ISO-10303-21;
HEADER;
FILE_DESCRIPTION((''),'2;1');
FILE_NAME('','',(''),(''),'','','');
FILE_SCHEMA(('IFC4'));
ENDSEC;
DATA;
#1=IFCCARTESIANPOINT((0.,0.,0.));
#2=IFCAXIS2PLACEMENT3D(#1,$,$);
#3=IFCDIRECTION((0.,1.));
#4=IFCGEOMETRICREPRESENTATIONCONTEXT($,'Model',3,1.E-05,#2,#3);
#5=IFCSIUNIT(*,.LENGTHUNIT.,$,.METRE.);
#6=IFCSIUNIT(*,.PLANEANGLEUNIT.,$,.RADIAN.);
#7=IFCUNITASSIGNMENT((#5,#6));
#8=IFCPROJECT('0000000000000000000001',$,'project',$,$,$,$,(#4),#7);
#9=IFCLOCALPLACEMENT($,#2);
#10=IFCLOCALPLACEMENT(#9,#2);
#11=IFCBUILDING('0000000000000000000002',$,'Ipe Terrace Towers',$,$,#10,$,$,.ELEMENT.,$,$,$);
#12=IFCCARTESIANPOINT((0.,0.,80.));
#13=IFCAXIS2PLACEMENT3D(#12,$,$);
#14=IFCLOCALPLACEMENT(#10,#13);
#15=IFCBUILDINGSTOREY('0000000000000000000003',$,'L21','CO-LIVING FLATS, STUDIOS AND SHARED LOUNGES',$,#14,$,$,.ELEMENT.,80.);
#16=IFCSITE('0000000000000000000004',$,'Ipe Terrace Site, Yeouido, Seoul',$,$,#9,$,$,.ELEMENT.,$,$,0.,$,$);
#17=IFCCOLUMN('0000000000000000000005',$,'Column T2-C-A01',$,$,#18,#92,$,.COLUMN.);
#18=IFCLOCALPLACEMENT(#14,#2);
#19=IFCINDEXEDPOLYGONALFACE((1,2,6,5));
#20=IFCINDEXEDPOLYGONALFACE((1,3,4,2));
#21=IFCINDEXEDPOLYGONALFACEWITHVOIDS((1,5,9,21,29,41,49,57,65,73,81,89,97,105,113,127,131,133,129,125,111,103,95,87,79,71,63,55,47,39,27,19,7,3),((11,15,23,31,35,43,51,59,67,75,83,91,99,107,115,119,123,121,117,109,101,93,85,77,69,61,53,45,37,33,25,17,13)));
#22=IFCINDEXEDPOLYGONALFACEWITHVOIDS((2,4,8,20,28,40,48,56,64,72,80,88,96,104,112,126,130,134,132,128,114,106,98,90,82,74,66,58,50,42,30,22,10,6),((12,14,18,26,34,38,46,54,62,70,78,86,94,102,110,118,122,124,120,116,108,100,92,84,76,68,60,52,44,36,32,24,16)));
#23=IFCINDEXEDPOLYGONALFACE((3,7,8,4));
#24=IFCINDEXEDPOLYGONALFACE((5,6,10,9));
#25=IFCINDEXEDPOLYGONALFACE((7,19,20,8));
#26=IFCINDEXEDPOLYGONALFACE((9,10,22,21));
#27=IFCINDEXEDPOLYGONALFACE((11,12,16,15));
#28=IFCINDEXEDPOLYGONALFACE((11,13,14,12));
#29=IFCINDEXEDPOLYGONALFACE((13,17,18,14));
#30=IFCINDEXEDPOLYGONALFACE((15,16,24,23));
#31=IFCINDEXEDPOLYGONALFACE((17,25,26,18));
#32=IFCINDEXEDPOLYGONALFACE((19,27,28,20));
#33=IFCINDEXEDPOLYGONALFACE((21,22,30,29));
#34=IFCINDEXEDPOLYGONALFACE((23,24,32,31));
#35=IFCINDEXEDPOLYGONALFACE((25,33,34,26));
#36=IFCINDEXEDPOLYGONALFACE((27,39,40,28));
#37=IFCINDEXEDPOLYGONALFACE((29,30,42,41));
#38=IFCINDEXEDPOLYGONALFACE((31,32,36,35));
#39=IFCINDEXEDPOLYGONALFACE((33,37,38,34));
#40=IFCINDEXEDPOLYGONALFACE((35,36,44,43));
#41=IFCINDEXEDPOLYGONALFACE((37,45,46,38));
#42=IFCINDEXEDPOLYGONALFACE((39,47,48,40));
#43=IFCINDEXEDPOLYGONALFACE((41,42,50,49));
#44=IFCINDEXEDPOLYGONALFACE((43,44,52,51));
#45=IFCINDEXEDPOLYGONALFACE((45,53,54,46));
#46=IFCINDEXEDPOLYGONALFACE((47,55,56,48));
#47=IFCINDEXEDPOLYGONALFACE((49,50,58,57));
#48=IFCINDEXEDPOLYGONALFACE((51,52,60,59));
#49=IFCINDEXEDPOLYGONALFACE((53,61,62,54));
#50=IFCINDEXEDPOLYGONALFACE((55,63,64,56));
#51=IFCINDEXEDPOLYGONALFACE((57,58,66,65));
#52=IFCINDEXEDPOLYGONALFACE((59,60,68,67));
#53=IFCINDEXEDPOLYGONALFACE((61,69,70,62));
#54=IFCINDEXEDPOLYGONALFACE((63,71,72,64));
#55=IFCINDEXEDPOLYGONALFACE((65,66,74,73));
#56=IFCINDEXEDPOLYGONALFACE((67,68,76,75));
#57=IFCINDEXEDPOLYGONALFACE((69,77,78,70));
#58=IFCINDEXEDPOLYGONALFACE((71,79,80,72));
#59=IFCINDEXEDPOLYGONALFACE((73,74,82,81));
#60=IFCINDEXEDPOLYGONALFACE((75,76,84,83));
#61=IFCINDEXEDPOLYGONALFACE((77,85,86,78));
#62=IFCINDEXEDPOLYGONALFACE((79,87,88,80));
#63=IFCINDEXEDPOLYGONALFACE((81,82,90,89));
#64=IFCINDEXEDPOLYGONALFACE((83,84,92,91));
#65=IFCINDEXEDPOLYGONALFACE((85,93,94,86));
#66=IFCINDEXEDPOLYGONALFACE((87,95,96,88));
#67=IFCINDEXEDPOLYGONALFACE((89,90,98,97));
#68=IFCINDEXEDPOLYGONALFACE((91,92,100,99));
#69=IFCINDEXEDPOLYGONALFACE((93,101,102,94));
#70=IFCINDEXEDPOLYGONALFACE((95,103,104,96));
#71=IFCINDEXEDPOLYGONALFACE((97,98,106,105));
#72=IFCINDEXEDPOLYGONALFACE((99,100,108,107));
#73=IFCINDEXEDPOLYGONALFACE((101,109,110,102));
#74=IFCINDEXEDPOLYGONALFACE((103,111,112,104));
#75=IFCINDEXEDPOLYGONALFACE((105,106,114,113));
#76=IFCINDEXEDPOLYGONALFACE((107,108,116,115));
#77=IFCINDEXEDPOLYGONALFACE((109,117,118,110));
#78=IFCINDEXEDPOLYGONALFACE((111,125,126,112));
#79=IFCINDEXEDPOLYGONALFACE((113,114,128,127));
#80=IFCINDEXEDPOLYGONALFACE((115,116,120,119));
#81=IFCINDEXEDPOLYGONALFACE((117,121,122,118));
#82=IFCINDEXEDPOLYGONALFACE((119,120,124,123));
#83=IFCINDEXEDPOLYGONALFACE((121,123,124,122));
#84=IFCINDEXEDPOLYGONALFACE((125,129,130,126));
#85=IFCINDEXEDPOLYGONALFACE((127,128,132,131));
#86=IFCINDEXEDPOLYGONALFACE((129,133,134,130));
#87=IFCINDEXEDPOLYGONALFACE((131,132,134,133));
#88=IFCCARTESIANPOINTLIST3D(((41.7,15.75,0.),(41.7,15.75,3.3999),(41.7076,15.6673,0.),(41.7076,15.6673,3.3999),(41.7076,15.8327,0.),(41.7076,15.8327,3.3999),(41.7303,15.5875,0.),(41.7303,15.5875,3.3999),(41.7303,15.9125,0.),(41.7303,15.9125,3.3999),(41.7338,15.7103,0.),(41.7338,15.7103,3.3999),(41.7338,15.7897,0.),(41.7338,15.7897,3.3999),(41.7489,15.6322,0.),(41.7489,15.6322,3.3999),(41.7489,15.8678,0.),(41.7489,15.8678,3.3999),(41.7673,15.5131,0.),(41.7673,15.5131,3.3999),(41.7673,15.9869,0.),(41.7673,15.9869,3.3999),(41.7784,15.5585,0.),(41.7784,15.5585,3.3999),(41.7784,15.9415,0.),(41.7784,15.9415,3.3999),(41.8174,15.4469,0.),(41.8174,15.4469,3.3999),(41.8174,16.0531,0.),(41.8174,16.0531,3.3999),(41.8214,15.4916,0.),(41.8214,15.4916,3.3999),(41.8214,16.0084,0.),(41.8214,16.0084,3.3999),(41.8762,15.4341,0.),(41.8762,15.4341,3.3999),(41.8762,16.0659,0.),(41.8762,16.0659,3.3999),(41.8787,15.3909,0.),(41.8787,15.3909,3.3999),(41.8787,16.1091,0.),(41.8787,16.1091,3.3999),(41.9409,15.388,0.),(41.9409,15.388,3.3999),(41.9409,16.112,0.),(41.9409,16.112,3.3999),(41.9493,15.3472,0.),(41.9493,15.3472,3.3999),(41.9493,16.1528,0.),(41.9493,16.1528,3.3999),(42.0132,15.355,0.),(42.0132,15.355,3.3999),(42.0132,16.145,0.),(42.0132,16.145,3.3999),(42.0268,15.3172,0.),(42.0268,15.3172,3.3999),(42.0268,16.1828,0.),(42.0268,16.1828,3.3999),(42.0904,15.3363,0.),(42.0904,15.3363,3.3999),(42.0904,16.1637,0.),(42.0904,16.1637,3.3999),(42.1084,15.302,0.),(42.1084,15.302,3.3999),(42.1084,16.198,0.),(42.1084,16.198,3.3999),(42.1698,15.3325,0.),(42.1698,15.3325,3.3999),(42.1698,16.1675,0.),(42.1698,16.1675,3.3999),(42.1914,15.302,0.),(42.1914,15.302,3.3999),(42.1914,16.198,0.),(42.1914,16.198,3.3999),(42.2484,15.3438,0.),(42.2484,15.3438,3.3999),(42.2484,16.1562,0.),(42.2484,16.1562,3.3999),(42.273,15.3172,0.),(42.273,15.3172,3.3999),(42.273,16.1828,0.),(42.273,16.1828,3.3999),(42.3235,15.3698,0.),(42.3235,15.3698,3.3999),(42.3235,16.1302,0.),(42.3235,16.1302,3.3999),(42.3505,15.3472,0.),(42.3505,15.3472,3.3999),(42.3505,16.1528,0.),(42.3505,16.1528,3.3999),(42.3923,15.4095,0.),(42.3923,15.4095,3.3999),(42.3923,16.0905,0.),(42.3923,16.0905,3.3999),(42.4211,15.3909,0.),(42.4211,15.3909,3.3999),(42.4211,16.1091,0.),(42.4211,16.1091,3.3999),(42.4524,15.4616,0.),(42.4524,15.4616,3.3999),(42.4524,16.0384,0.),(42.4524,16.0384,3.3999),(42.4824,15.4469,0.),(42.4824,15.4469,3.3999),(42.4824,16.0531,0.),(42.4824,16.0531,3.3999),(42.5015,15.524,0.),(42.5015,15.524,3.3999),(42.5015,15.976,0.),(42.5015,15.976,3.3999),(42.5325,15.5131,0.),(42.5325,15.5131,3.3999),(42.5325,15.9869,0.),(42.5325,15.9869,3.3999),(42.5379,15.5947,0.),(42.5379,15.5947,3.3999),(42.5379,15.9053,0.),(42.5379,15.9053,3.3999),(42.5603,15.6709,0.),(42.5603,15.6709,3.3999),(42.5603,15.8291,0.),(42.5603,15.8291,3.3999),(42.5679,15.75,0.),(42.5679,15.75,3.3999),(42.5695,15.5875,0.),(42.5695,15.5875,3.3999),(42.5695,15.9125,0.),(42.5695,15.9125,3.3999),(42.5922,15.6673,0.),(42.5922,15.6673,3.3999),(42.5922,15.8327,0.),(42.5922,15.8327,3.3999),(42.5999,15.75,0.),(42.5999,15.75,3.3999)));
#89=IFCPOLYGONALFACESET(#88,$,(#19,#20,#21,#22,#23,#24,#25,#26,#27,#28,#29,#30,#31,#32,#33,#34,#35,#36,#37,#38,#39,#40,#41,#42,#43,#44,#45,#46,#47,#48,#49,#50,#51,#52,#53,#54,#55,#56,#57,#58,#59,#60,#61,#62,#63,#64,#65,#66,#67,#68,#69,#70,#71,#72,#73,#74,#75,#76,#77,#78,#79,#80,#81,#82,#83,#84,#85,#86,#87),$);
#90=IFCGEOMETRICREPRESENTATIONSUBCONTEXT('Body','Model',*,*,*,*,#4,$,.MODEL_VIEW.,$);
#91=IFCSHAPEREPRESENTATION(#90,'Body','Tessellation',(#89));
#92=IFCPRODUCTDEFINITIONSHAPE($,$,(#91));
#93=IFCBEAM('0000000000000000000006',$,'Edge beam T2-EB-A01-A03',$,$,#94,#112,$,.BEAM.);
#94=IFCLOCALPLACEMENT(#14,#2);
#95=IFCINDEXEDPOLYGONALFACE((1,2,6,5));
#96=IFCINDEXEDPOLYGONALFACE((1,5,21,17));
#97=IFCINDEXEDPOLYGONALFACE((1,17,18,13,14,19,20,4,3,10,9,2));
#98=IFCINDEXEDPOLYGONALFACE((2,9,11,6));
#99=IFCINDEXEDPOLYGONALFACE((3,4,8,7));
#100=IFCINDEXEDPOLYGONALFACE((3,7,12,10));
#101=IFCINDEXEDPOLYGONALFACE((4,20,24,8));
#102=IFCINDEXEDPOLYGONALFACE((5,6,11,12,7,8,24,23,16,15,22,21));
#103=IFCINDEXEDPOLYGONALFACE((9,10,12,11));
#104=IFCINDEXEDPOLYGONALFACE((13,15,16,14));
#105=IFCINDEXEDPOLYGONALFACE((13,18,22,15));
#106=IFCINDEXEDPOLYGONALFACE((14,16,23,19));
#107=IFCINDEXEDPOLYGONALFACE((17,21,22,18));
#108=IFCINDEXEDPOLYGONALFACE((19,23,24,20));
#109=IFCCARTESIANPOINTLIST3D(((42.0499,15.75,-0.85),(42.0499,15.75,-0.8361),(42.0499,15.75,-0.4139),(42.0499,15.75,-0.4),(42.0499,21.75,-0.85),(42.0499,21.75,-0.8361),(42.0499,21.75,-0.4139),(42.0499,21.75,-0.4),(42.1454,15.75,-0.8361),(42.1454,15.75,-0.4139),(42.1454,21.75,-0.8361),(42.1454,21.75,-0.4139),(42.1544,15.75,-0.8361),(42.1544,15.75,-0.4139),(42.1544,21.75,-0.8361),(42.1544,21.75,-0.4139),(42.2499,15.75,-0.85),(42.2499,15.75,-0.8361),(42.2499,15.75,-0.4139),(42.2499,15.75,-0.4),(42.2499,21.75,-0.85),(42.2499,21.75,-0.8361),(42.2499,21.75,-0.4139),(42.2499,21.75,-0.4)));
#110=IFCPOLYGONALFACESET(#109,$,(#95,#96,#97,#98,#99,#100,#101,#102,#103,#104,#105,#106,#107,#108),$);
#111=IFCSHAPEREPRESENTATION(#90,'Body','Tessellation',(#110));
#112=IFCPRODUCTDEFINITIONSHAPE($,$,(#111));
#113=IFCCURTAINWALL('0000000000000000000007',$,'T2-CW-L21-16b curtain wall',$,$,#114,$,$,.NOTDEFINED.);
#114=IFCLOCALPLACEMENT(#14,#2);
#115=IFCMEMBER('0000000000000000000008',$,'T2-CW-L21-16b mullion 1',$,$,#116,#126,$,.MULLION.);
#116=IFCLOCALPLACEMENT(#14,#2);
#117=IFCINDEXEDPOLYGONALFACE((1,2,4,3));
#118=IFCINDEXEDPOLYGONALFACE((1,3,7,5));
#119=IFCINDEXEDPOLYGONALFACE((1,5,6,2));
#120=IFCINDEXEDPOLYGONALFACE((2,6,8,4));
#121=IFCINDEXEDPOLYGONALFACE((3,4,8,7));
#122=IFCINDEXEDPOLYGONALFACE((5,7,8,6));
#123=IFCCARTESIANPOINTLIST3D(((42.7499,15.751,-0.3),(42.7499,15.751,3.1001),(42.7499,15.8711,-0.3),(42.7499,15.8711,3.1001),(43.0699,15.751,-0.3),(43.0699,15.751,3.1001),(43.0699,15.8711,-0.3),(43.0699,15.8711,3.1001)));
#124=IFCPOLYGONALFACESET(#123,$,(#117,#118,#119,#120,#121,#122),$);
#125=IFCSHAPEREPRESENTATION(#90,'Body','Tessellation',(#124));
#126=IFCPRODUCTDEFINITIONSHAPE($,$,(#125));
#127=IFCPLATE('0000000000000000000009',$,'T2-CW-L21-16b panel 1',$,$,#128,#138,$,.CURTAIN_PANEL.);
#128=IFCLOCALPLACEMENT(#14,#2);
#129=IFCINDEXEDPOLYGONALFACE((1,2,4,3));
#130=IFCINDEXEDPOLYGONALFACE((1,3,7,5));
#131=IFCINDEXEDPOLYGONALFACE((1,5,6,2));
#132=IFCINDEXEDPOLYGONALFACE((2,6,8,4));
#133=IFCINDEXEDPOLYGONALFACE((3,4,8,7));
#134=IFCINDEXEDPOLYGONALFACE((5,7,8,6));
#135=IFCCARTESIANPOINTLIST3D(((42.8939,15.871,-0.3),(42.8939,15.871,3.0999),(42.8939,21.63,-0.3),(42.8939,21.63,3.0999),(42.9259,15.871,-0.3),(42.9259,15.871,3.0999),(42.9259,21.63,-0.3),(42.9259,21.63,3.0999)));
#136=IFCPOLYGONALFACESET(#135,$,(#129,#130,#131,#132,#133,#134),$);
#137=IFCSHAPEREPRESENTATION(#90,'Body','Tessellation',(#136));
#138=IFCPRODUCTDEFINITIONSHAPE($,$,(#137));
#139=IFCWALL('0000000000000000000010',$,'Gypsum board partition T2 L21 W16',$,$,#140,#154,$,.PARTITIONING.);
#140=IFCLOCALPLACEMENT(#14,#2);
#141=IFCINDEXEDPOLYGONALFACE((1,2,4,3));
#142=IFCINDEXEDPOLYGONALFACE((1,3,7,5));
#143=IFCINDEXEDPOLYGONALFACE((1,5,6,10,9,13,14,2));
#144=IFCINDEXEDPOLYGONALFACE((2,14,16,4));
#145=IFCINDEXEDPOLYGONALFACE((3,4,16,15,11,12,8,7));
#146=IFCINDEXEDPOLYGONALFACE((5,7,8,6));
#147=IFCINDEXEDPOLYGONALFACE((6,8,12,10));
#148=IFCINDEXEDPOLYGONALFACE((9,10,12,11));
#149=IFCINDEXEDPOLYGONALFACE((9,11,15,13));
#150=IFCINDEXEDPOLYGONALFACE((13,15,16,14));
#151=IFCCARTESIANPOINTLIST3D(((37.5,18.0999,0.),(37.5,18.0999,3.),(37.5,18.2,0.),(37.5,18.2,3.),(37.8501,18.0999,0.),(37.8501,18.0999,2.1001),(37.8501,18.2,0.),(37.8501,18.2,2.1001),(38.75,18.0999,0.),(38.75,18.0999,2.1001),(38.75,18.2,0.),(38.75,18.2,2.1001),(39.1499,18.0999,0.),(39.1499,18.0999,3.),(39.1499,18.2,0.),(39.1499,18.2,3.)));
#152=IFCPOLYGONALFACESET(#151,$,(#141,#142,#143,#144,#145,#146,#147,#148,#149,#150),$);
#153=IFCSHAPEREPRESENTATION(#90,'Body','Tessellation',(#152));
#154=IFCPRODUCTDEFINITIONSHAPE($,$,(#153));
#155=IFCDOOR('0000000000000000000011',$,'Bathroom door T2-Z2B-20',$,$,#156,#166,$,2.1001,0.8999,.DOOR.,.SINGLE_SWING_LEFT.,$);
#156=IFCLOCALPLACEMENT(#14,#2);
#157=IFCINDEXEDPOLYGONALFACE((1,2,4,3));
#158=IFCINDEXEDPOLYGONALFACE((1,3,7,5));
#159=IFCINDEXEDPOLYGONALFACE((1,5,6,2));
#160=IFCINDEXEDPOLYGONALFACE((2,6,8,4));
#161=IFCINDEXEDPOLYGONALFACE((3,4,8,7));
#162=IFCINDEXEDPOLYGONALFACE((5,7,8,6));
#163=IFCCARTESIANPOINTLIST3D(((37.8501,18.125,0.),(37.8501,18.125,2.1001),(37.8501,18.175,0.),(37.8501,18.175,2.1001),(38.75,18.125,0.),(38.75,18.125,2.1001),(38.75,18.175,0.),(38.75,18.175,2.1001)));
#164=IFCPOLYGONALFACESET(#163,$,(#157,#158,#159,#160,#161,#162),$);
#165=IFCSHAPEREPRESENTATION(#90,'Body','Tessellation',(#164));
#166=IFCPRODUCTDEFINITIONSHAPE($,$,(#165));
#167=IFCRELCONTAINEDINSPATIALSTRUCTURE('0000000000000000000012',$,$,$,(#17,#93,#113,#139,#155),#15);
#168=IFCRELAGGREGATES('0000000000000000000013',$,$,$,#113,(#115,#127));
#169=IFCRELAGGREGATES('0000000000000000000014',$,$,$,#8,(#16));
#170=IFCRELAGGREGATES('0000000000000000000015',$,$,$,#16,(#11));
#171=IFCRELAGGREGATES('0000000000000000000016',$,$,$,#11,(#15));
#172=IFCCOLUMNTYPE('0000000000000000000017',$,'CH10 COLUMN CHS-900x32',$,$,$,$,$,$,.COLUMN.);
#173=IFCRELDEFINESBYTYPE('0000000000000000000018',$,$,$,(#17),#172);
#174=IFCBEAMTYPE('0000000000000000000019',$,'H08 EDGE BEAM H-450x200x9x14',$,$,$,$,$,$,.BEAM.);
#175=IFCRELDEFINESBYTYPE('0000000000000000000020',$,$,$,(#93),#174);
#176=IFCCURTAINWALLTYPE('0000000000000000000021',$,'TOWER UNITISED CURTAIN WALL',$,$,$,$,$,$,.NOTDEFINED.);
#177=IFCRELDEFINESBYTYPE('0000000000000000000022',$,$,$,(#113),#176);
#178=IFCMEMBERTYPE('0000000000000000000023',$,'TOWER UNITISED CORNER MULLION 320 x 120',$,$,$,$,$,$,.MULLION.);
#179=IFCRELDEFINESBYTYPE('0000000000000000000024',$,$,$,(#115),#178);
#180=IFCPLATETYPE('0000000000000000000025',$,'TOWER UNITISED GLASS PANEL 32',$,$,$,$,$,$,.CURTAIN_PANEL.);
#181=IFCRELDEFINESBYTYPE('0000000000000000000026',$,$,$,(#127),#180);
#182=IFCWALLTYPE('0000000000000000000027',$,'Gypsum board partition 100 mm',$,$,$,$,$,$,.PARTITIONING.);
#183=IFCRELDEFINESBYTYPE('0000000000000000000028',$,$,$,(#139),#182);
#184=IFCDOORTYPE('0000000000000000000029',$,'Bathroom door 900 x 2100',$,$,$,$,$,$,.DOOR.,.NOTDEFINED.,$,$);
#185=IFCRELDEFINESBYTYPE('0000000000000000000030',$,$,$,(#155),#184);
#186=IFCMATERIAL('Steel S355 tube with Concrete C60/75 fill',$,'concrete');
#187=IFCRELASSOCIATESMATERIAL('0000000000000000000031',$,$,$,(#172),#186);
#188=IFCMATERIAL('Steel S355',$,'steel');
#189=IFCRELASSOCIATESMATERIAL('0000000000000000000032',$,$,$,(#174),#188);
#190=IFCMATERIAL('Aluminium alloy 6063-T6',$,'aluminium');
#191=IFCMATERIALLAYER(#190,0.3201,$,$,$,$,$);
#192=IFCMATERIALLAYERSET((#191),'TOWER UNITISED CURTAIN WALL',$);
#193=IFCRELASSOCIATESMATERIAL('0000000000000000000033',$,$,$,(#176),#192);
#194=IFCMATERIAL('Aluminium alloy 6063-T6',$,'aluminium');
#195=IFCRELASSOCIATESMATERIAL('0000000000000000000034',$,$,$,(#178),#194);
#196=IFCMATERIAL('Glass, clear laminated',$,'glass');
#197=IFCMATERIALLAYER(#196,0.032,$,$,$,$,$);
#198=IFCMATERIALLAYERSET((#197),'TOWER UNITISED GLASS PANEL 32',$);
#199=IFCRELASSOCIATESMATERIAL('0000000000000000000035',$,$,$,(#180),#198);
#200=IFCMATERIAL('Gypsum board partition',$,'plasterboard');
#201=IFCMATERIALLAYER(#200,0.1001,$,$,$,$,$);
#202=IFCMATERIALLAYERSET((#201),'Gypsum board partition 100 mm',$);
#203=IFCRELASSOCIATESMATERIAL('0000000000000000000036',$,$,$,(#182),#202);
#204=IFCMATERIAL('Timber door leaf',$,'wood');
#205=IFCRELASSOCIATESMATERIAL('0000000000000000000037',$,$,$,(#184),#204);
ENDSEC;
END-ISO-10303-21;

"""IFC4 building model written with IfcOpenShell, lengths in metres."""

from ifc_helpers import new_model, si_unit, direction, frame, frame_2d, origin, origin_2d, place, context, subcontext, project, spatial, rectangle, hollow_circle, i_section, extrude, material, layer, layer_set, material_profile, profile_set, type_object, element, fill, aggregate, save


model = new_model("IFC4")

# Units and contexts
model_context = context("Model", 3, precision=1e-05, world=origin(), true_north=direction((0.0, 1.0)))
body_context = subcontext(model_context, "Body", "Model", "MODEL_VIEW")
ifc_project = project(units=[si_unit("LENGTHUNIT", "METRE"), si_unit("PLANEANGLEUNIT", "RADIAN")], contexts=[model_context])

# Site, building, storey
site_placement = place(None, origin())
site = spatial("IfcSite", under=ifc_project, at=site_placement, Name="Ipe Terrace Site, Yeouido, Seoul", CompositionType="ELEMENT", RefElevation=0.0)
building_placement = place(site_placement, origin())
building = spatial("IfcBuilding", under=site, at=building_placement, Name="Ipe Terrace Towers", CompositionType="ELEMENT")
storey_placement = place(building_placement, frame((0.0, 0.0, 80.0)))
storey = spatial("IfcBuildingStorey", under=building, at=storey_placement, Name="L21", Description="CO-LIVING FLATS, STUDIOS AND SHARED LOUNGES", CompositionType="ELEMENT", Elevation=80.0)

# Column
ifc_material_1 = material(Name="Steel S355 tube with Concrete C60/75 fill", Category="concrete")
ifc_material_profile_1 = material_profile(ifc_material_1, hollow_circle(Radius=0.45, WallThickness=0.032, at=origin_2d()), Name="CHS-900x32")
ifc_profile_set_1 = profile_set([ifc_material_profile_1], Name="Steel S355 tube with Concrete C60/75 fill")
column_type = type_object("IfcColumnType", Name="CH10 COLUMN CHS-900x32", PredefinedType="COLUMN", material=ifc_profile_set_1)
column_placement = place(storey_placement, frame((42.1499, 15.75, 0.0), z_axis=(0.0, 0.0, 1.0), x_axis=(1.0, 0.0, 0.0)))
element("IfcColumn", 1, at=column_placement, inside=storey, type_object=column_type, Name="Column T2-C-A01", PredefinedType="COLUMN", context=body_context, shape_type="SweptSolid", body=[
    extrude(hollow_circle(Radius=0.45, WallThickness=0.032, at=origin_2d()), origin(), (0.0, 0.0, 1.0), 3.3999),
])

# Beam
ifc_material_2 = material(Name="Steel S355", Category="steel")
ifc_material_profile_2 = material_profile(ifc_material_2, i_section(OverallWidth=0.2, OverallDepth=0.45, WebThickness=0.009, FlangeThickness=0.0139, at=origin_2d()), Name="H-450x200x9x14")
ifc_profile_set_2 = profile_set([ifc_material_profile_2], Name="Steel S355")
beam_type = type_object("IfcBeamType", Name="H08 EDGE BEAM H-450x200x9x14", PredefinedType="BEAM", material=ifc_profile_set_2)
beam_placement = place(storey_placement, frame((42.1499, 15.75, -0.625), z_axis=(0.0, 1.0, 0.0), x_axis=(-1.0, 0.0, 0.0)))
element("IfcBeam", 2, at=beam_placement, inside=storey, type_object=beam_type, Name="Edge beam T2-EB-A01-A03", PredefinedType="BEAM", context=body_context, shape_type="SweptSolid", body=[
    extrude(i_section(OverallWidth=0.2, OverallDepth=0.45, WebThickness=0.009, FlangeThickness=0.0139, at=origin_2d()), origin(), (0.0, 0.0, 1.0), 6.0),
])

# Curtain wall, member, plate
ifc_material_3 = material(Name="Aluminium alloy 6063-T6", Category="aluminium")
ifc_layer_1 = layer(ifc_material_3, 0.3201)
ifc_layer_set_1 = layer_set([ifc_layer_1], Name="TOWER UNITISED CURTAIN WALL")
curtain_wall_type = type_object("IfcCurtainWallType", Name="TOWER UNITISED CURTAIN WALL", PredefinedType="NOTDEFINED", material=ifc_layer_set_1)
curtain_wall_placement = place(storey_placement, origin())
curtain_wall = element("IfcCurtainWall", 3, at=curtain_wall_placement, inside=storey, type_object=curtain_wall_type, Name="T2-CW-L21-16b curtain wall", PredefinedType="NOTDEFINED")
ifc_material_4 = material(Name="Aluminium alloy 6063-T6", Category="aluminium")
ifc_material_profile_3 = material_profile(ifc_material_4, rectangle(XDim=0.3201, YDim=0.1201, at=origin_2d()), Name="TOWER UNITISED CORNER MULLION 320 x 120")
ifc_profile_set_3 = profile_set([ifc_material_profile_3], Name="Aluminium alloy 6063-T6")
member_type = type_object("IfcMemberType", Name="TOWER UNITISED CORNER MULLION 320 x 120", PredefinedType="MULLION", material=ifc_profile_set_3)
member_placement = place(storey_placement, frame((42.9099, 15.811, -0.3), z_axis=(0.0, 0.0, 1.0), x_axis=(1.0, 0.0, 0.0)))
member = element("IfcMember", 4, at=member_placement, type_object=member_type, Name="T2-CW-L21-16b mullion 1", PredefinedType="MULLION", context=body_context, shape_type="SweptSolid", body=[
    extrude(rectangle(XDim=0.3201, YDim=0.1201, at=origin_2d()), origin(), (0.0, 0.0, 1.0), 3.4001),
])
ifc_material_5 = material(Name="Glass, clear laminated", Category="glass")
ifc_layer_2 = layer(ifc_material_5, 0.032)
ifc_layer_set_2 = layer_set([ifc_layer_2], Name="TOWER UNITISED GLASS PANEL 32")
plate_type = type_object("IfcPlateType", Name="TOWER UNITISED GLASS PANEL 32", PredefinedType="CURTAIN_PANEL", material=ifc_layer_set_2)
plate_placement = place(storey_placement, frame((42.9099, 18.7505, -0.3), z_axis=(0.0, 0.0, 1.0), x_axis=(0.0, 1.0, 0.0)))
plate = element("IfcPlate", 5, at=plate_placement, type_object=plate_type, Name="T2-CW-L21-16b panel 1", PredefinedType="CURTAIN_PANEL", context=body_context, shape_type="SweptSolid", body=[
    extrude(rectangle(XDim=5.759, YDim=0.032, at=origin_2d()), origin(), (0.0, 0.0, 1.0), 3.3999),
])
aggregate(curtain_wall, [member, plate])

# Wall, opening, door
ifc_material_6 = material(Name="Gypsum board partition", Category="plasterboard")
ifc_layer_3 = layer(ifc_material_6, 0.1001)
ifc_layer_set_3 = layer_set([ifc_layer_3], Name="Gypsum board partition 100 mm")
wall_type_1 = type_object("IfcWallType", Name="Gypsum board partition 100 mm", PredefinedType="PARTITIONING", material=ifc_layer_set_3)
wall_1_placement = place(storey_placement, frame((39.1499, 18.1499, 0.0), z_axis=(0.0, 0.0, 1.0), x_axis=(-1.0, 0.0, 0.0)))
wall_1 = element("IfcWall", 6, at=wall_1_placement, inside=storey, type_object=wall_type_1, Name="Gypsum board partition T2 L21 W16", PredefinedType="PARTITIONING", context=body_context, shape_type="SweptSolid", body=[
    extrude(rectangle(XDim=1.6499, YDim=0.1001, at=frame_2d((0.825, 0.0))), origin(), (0.0, 0.0, 1.0), 3.0),
])
opening_1_placement = place(wall_1_placement, frame((0.3999, 0.0, 0.0)))
opening_1 = element("IfcOpeningElement", 7, at=opening_1_placement, cuts=wall_1, PredefinedType="OPENING", context=body_context, shape_type="SweptSolid", body=[
    extrude(rectangle(XDim=0.8999, YDim=2.1001, at=frame_2d((0.45, 1.05))), frame((0.0, 0.0601, 0.0), z_axis=(0.0, -1.0, 0.0), x_axis=(1.0, 0.0, 0.0)), (0.0, 0.0, 1.0), 0.1201),
])
ifc_material_7 = material(Name="Timber door leaf", Category="wood")
door_type_1 = type_object("IfcDoorType", Name="Bathroom door 900 x 2100", OperationType="NOTDEFINED", PredefinedType="DOOR", material=ifc_material_7)
door_1_placement = place(opening_1_placement, origin())
door_1 = element("IfcDoor", 8, at=door_1_placement, inside=storey, type_object=door_type_1, Name="Bathroom door T2-Z2B-20", OperationType="SINGLE_SWING_LEFT", OverallHeight=2.1001, OverallWidth=0.8999, PredefinedType="DOOR", context=body_context, shape_type="SweptSolid", body=[
    extrude(rectangle(XDim=0.8999, YDim=2.1001, at=frame_2d((0.45, 1.05))), frame((0.0, 0.0249, 0.0), z_axis=(0.0, -1.0, 0.0), x_axis=(1.0, 0.0, 0.0)), (0.0, 0.0, 1.0), 0.05),
])
fill(opening_1, door_1)

save(model, "model.ifc")
